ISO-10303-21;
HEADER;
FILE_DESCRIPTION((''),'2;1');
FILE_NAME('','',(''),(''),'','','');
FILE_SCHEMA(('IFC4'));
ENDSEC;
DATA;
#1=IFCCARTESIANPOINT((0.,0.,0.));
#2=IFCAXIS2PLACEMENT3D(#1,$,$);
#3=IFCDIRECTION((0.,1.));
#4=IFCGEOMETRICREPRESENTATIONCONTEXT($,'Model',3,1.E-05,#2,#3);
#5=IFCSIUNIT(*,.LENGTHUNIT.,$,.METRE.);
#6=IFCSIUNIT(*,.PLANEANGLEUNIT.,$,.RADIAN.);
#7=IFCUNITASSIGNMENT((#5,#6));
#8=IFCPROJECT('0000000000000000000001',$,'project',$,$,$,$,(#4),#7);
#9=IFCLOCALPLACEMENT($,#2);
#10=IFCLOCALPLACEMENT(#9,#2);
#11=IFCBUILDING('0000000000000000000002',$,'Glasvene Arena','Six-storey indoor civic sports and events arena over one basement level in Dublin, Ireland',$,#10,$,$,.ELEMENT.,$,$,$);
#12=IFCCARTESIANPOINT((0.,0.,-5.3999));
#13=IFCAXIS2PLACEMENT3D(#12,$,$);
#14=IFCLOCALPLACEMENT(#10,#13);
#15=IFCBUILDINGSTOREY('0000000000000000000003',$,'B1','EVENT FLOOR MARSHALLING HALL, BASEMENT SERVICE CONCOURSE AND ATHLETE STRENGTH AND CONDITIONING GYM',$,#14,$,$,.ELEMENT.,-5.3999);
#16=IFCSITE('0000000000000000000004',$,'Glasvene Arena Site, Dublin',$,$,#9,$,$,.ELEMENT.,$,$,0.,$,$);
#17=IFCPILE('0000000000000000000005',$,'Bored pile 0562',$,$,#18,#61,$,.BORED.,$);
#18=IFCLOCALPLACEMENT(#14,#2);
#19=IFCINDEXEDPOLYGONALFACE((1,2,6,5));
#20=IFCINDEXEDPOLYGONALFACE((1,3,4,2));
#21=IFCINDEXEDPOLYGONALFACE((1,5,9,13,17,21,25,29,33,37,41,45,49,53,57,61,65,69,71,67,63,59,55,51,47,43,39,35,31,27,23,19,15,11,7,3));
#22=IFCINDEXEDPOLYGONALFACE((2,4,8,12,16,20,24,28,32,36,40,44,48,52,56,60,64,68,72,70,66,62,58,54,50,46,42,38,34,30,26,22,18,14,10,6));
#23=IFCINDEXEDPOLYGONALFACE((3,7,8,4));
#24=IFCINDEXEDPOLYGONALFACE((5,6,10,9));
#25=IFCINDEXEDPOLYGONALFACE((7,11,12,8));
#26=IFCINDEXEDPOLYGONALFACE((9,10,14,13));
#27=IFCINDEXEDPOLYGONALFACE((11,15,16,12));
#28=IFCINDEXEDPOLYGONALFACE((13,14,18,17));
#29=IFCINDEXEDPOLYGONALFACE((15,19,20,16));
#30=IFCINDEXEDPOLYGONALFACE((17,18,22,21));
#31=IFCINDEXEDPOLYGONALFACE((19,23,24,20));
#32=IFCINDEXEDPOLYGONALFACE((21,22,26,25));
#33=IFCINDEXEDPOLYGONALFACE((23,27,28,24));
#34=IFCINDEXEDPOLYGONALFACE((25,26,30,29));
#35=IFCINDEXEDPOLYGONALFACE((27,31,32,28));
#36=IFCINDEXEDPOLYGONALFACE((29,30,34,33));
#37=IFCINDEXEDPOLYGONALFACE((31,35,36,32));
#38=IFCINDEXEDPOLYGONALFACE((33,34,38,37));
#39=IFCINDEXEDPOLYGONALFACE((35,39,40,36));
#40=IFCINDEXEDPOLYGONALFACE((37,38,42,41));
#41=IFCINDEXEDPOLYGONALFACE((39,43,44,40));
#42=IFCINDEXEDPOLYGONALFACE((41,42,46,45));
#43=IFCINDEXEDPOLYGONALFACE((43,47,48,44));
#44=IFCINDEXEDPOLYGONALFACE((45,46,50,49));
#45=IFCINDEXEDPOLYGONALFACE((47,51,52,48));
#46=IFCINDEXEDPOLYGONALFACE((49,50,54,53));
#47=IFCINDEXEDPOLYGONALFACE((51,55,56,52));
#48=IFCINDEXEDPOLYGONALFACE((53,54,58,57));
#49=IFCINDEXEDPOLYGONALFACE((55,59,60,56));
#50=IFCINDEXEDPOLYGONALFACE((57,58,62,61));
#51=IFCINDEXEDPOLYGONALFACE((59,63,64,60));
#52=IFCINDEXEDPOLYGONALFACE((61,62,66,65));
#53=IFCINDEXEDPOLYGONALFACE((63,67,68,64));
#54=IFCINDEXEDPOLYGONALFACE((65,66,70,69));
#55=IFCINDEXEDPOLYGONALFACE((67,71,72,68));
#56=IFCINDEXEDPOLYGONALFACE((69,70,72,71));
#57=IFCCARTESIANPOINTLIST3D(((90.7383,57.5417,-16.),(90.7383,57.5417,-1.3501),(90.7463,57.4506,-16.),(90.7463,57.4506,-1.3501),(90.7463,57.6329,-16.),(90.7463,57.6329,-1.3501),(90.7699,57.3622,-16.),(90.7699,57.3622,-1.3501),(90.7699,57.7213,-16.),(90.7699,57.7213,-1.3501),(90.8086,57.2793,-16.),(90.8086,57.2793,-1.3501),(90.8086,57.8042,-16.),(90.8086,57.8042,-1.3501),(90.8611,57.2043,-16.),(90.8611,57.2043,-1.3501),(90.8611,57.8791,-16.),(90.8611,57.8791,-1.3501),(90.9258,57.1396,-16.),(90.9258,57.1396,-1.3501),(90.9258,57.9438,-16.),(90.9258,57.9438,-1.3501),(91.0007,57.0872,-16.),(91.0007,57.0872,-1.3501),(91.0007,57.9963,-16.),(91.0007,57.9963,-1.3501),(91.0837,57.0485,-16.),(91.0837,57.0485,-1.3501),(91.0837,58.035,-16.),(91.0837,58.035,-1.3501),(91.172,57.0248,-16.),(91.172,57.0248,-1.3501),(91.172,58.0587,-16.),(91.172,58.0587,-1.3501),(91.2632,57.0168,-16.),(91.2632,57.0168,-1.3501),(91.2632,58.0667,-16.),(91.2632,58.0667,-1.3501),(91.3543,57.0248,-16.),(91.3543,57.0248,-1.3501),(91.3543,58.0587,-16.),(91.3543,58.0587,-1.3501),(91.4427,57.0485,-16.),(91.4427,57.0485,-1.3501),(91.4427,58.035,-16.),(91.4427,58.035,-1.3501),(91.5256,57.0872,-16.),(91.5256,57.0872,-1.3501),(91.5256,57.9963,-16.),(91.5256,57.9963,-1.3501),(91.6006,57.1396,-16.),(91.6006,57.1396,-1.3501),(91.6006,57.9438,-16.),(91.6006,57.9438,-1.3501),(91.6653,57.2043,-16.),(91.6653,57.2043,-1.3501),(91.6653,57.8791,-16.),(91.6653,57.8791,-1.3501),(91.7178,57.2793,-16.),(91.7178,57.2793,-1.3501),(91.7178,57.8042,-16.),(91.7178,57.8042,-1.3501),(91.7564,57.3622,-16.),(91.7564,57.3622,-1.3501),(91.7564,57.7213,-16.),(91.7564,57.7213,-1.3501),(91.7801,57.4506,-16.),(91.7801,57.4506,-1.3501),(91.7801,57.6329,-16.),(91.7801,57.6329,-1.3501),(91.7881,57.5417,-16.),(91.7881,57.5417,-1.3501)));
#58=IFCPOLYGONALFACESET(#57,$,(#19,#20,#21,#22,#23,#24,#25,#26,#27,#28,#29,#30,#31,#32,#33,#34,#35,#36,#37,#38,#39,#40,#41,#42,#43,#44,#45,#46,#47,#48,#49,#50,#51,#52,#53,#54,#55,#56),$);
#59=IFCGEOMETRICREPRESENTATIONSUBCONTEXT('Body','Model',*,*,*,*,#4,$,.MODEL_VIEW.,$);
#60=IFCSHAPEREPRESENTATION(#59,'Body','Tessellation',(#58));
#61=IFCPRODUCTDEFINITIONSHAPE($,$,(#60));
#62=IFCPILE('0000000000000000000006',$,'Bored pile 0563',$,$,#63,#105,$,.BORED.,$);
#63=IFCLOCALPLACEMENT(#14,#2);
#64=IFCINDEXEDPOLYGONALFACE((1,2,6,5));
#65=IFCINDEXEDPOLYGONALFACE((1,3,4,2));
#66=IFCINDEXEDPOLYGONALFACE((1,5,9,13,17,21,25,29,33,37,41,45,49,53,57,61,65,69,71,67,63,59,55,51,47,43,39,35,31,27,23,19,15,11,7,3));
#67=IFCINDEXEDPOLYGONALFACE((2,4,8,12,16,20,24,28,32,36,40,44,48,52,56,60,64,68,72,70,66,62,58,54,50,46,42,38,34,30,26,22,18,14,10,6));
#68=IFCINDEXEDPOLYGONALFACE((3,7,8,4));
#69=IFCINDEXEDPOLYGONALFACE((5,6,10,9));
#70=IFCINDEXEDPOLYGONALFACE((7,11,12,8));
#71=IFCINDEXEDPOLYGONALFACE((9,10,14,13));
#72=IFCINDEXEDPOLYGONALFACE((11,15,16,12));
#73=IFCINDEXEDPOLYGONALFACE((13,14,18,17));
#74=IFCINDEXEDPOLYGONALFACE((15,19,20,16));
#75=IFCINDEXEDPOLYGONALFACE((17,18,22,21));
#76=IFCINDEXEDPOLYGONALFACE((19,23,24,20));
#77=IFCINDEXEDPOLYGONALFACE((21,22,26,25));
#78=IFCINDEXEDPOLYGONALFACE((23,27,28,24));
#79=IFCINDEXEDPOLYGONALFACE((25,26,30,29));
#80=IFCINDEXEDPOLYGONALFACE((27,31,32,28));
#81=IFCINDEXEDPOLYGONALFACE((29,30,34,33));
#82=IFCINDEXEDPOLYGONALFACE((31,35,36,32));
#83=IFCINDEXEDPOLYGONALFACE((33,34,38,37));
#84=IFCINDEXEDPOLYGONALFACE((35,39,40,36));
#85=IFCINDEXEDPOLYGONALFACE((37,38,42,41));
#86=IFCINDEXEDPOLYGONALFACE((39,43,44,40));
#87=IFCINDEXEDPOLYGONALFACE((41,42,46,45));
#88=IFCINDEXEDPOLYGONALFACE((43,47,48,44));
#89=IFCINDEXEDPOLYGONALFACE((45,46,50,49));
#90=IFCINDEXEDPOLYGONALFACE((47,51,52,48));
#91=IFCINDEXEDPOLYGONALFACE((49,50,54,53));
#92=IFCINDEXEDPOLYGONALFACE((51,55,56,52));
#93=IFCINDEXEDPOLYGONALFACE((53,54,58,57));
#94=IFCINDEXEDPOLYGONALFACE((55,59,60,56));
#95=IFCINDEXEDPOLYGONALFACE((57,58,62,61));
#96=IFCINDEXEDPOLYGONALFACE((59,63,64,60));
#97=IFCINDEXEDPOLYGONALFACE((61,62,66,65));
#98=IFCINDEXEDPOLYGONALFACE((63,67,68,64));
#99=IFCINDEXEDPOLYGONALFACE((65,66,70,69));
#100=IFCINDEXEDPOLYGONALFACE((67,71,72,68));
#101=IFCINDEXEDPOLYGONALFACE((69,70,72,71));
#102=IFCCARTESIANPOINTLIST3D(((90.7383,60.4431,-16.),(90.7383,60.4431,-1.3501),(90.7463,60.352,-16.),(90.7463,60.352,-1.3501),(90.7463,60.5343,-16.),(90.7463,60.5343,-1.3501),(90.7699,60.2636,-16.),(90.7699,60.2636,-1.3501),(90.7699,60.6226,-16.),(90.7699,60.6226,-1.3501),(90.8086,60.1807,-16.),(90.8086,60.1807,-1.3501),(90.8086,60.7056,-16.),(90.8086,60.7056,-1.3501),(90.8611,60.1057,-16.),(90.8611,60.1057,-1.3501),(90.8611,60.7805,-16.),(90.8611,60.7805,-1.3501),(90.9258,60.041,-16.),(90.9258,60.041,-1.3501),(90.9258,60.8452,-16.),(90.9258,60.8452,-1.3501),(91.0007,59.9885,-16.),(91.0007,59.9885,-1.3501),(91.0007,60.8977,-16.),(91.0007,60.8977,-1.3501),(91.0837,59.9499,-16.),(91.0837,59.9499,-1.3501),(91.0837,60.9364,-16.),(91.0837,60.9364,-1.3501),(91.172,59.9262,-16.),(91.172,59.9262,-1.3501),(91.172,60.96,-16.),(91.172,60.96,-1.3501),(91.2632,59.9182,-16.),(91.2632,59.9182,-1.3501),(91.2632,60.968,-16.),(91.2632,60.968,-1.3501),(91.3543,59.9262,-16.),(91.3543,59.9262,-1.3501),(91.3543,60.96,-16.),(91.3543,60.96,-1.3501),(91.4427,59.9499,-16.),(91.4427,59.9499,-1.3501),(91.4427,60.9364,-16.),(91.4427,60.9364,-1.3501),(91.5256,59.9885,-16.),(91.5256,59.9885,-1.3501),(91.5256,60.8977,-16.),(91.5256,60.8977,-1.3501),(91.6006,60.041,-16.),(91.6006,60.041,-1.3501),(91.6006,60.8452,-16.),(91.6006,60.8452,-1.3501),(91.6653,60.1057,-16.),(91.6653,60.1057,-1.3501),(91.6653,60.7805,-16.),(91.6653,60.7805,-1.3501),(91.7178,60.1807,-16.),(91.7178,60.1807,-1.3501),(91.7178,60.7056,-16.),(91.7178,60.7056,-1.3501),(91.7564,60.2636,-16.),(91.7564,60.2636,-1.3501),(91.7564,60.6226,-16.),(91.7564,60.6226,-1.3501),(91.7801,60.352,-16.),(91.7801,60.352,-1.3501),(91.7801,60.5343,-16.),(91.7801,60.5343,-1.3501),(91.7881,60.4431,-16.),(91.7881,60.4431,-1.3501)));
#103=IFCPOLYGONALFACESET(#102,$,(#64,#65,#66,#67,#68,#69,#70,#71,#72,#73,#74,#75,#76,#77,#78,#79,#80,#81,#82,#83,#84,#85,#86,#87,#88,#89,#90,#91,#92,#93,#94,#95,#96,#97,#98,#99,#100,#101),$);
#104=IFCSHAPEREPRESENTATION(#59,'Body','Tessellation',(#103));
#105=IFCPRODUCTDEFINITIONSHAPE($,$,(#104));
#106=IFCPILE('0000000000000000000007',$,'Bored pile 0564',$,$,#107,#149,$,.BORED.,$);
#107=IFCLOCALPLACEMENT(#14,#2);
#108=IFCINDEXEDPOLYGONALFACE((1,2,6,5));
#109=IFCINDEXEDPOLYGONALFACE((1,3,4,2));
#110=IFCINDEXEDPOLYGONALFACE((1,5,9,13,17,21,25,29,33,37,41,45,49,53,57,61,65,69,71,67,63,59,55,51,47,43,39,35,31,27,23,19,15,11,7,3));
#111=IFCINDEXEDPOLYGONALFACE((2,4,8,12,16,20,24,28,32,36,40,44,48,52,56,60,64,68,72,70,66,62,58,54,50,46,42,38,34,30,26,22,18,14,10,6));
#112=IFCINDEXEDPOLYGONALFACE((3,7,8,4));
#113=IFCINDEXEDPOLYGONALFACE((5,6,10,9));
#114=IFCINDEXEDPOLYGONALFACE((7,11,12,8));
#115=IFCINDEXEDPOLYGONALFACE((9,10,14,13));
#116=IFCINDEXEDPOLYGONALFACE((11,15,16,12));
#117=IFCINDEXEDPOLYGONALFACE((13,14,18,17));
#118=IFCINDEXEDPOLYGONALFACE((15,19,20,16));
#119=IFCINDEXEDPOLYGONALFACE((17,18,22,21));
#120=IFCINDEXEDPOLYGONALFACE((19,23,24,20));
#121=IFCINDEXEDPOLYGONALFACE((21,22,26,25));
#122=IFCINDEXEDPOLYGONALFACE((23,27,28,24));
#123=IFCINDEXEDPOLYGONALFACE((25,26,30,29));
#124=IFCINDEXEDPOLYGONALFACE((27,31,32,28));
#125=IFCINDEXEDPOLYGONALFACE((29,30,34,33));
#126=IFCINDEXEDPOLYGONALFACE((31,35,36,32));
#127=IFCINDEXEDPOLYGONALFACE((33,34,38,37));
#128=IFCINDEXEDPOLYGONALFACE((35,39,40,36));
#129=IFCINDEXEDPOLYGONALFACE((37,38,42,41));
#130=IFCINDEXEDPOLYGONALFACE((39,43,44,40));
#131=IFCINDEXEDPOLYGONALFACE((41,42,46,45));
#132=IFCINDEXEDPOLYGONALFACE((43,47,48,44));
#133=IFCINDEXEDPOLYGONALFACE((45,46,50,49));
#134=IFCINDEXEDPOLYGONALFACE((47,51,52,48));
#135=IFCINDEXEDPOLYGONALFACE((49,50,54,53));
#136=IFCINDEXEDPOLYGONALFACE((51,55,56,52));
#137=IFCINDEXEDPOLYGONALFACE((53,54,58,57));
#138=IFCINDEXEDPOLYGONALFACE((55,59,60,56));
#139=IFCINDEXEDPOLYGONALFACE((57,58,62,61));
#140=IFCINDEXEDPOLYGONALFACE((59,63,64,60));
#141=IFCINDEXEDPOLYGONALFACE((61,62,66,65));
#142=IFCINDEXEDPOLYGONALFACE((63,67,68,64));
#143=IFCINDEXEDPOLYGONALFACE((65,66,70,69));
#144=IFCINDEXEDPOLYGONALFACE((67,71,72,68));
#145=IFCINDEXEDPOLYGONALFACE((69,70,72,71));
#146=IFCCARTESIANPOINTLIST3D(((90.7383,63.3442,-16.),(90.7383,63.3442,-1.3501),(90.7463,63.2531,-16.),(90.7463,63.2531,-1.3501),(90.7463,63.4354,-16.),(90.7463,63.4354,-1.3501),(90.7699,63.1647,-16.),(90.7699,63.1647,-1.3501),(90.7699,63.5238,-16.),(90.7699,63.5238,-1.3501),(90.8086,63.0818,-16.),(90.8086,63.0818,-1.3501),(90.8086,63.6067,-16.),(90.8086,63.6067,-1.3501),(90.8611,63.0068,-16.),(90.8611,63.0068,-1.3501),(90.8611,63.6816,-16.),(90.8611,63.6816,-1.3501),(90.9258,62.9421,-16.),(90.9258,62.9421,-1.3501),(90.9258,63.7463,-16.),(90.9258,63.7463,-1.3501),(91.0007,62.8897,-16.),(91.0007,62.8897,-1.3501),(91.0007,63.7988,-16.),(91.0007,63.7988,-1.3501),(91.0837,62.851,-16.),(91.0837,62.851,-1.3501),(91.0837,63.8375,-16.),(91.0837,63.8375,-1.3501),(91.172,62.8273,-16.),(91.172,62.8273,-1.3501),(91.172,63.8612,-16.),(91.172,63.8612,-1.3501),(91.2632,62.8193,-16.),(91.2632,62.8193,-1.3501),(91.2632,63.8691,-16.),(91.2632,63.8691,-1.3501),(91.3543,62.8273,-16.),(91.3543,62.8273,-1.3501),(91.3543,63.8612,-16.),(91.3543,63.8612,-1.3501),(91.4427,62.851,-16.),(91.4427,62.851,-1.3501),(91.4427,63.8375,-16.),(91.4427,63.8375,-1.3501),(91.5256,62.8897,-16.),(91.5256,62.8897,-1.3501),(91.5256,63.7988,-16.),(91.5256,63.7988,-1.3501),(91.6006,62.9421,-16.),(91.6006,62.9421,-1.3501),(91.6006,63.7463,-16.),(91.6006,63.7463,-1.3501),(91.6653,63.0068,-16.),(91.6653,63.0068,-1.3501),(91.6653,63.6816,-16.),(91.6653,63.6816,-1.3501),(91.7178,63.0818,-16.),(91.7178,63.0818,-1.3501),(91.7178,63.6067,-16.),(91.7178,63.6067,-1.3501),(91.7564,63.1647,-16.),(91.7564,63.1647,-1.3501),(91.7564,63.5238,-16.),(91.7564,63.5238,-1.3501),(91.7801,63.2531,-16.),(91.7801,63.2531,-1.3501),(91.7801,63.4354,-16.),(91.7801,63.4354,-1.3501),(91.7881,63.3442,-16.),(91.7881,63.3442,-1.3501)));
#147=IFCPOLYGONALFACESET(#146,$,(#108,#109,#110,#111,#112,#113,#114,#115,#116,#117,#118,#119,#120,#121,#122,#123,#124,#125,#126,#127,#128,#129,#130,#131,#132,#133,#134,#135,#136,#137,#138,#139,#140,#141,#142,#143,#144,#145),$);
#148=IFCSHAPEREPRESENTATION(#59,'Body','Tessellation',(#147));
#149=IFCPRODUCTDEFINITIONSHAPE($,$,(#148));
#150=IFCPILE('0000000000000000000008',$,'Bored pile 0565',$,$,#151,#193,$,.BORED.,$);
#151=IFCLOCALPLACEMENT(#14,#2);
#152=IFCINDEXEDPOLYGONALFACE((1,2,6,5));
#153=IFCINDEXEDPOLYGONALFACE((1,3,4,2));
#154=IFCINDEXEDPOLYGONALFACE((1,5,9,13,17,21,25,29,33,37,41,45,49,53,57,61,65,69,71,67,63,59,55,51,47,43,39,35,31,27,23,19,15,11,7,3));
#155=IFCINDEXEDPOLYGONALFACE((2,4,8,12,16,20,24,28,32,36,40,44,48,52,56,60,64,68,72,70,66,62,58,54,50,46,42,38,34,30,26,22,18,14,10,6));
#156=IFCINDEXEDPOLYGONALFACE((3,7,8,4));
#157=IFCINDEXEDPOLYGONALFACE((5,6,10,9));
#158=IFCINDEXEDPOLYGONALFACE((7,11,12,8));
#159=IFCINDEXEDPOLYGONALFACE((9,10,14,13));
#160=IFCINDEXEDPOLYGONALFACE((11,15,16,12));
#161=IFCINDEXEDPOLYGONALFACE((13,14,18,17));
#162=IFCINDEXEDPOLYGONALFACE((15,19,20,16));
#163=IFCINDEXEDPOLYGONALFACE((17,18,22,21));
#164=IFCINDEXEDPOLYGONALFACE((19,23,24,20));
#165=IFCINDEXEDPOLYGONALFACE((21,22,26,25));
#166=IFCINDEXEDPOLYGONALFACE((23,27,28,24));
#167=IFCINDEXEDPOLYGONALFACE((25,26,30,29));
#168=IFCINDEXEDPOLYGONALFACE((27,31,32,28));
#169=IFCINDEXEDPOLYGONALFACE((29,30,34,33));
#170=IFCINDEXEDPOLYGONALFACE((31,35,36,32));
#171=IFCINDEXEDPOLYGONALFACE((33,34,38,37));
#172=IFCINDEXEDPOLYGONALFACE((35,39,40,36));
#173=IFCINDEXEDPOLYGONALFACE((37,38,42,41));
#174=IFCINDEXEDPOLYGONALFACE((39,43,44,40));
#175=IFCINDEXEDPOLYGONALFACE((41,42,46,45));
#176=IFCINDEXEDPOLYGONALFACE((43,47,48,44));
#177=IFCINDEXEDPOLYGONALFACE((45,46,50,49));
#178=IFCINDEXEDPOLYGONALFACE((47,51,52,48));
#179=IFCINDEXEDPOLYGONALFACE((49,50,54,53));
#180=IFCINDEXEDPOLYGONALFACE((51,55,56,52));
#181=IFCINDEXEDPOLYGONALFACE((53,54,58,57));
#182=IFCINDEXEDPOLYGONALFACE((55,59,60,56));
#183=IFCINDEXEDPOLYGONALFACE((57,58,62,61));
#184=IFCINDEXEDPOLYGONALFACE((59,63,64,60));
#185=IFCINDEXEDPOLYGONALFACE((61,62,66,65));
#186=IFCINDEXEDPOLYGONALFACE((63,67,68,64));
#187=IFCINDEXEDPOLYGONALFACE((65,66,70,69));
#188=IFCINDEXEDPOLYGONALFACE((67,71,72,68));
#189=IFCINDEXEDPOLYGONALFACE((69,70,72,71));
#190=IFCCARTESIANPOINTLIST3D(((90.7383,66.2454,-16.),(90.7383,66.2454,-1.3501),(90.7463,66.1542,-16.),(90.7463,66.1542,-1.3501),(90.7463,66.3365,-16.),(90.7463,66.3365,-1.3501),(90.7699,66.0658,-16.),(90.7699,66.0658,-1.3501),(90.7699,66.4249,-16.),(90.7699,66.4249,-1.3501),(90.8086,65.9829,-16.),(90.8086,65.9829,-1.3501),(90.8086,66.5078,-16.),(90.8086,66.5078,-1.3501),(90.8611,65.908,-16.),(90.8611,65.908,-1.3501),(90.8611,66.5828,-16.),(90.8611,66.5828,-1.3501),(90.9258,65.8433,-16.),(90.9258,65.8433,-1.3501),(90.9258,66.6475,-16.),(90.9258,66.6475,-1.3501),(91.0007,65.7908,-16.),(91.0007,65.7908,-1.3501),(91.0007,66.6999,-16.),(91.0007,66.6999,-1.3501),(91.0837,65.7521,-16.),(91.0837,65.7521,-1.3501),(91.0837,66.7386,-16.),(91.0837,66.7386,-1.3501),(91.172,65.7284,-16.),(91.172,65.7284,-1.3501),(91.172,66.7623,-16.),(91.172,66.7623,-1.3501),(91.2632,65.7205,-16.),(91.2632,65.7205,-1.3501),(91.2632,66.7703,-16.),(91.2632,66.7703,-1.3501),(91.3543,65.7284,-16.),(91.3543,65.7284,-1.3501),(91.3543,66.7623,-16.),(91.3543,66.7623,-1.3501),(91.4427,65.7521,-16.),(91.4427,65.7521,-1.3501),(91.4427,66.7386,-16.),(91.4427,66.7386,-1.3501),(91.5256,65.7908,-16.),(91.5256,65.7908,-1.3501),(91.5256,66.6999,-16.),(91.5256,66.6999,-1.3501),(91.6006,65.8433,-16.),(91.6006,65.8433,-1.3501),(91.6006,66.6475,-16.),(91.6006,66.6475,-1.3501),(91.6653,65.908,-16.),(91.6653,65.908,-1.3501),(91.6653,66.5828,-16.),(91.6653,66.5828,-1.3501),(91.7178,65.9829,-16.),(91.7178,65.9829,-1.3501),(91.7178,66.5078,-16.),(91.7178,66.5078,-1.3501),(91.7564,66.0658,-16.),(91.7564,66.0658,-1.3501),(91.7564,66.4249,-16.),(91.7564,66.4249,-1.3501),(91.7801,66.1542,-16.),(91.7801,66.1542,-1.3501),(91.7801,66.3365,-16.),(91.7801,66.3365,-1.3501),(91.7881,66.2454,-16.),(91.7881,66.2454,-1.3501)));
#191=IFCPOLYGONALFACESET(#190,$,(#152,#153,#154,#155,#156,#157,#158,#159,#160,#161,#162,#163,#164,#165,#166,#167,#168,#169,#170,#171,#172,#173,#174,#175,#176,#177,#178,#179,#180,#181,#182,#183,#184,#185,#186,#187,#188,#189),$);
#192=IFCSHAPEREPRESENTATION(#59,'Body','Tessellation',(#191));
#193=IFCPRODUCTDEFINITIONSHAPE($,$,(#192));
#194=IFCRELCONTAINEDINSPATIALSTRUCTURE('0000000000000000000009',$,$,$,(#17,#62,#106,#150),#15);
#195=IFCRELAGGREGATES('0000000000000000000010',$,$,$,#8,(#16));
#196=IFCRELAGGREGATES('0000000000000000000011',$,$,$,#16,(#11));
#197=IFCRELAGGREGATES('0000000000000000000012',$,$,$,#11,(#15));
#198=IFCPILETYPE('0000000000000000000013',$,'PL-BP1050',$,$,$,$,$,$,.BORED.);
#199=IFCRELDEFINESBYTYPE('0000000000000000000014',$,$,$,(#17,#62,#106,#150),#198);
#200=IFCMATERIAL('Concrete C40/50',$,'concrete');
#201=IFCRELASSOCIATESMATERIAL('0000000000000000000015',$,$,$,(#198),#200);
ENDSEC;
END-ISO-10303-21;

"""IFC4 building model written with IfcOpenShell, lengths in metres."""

from ifc_helpers import new_model, si_unit, direction, frame, origin, origin_2d, place, context, subcontext, project, spatial, circle, extrude, material, material_profile, profile_set, type_object, element, save


model = new_model("IFC4")

# Units and contexts
model_context = context("Model", 3, precision=1e-05, world=origin(), true_north=direction((0.0, 1.0)))
body_context = subcontext(model_context, "Body", "Model", "MODEL_VIEW")
ifc_project = project(units=[si_unit("LENGTHUNIT", "METRE"), si_unit("PLANEANGLEUNIT", "RADIAN")], contexts=[model_context])

# Site, building, storey
site_placement = place(None, origin())
site = spatial("IfcSite", under=ifc_project, at=site_placement, Name="Glasvene Arena Site, Dublin", CompositionType="ELEMENT", RefElevation=0.0)
building_placement = place(site_placement, origin())
building = spatial("IfcBuilding", under=site, at=building_placement, Name="Glasvene Arena", Description="Six-storey indoor civic sports and events arena over one basement level in Dublin, Ireland", CompositionType="ELEMENT")
storey_placement = place(building_placement, frame((0.0, 0.0, -5.3999)))
storey = spatial("IfcBuildingStorey", under=building, at=storey_placement, Name="B1", Description="EVENT FLOOR MARSHALLING HALL, BASEMENT SERVICE CONCOURSE AND ATHLETE STRENGTH AND CONDITIONING GYM", CompositionType="ELEMENT", Elevation=-5.3999)

# Piles
ifc_material = material(Name="Concrete C40/50", Category="concrete")
ifc_material_profile_1 = material_profile(ifc_material, circle(Radius=0.5249, at=origin_2d()), Name="BORED PILE 1050")
ifc_profile_set_1 = profile_set([ifc_material_profile_1], Name="Concrete C40/50")
pile_type = type_object("IfcPileType", Name="PL-BP1050", PredefinedType="BORED", material=ifc_profile_set_1)
for number, where, z_axis, x_axis, name in (
    (1, (91.2632, 57.5417, -1.3501), (0.0, 0.0, -1.0), (1.0, 0.0, 0.0), "Bored pile 0562"),
    (2, (91.2632, 60.4431, -1.3501), (0.0, 0.0, -1.0), (1.0, 0.0, 0.0), "Bored pile 0563"),
    (3, (91.2632, 63.3442, -1.3501), (0.0, 0.0, -1.0), (1.0, 0.0, 0.0), "Bored pile 0564"),
    (4, (91.2632, 66.2454, -1.3501), (0.0, 0.0, -1.0), (1.0, 0.0, 0.0), "Bored pile 0565"),
):
    element("IfcPile", number, at=place(storey_placement, frame(where, z_axis=z_axis, x_axis=x_axis)), inside=storey, type_object=pile_type, Name=name, PredefinedType="BORED", context=body_context, shape_type="SweptSolid", body=[
        extrude(circle(Radius=0.5249, at=origin_2d()), origin(), (0.0, 0.0, 1.0), 14.6499),
    ])

save(model, "model.ifc")
